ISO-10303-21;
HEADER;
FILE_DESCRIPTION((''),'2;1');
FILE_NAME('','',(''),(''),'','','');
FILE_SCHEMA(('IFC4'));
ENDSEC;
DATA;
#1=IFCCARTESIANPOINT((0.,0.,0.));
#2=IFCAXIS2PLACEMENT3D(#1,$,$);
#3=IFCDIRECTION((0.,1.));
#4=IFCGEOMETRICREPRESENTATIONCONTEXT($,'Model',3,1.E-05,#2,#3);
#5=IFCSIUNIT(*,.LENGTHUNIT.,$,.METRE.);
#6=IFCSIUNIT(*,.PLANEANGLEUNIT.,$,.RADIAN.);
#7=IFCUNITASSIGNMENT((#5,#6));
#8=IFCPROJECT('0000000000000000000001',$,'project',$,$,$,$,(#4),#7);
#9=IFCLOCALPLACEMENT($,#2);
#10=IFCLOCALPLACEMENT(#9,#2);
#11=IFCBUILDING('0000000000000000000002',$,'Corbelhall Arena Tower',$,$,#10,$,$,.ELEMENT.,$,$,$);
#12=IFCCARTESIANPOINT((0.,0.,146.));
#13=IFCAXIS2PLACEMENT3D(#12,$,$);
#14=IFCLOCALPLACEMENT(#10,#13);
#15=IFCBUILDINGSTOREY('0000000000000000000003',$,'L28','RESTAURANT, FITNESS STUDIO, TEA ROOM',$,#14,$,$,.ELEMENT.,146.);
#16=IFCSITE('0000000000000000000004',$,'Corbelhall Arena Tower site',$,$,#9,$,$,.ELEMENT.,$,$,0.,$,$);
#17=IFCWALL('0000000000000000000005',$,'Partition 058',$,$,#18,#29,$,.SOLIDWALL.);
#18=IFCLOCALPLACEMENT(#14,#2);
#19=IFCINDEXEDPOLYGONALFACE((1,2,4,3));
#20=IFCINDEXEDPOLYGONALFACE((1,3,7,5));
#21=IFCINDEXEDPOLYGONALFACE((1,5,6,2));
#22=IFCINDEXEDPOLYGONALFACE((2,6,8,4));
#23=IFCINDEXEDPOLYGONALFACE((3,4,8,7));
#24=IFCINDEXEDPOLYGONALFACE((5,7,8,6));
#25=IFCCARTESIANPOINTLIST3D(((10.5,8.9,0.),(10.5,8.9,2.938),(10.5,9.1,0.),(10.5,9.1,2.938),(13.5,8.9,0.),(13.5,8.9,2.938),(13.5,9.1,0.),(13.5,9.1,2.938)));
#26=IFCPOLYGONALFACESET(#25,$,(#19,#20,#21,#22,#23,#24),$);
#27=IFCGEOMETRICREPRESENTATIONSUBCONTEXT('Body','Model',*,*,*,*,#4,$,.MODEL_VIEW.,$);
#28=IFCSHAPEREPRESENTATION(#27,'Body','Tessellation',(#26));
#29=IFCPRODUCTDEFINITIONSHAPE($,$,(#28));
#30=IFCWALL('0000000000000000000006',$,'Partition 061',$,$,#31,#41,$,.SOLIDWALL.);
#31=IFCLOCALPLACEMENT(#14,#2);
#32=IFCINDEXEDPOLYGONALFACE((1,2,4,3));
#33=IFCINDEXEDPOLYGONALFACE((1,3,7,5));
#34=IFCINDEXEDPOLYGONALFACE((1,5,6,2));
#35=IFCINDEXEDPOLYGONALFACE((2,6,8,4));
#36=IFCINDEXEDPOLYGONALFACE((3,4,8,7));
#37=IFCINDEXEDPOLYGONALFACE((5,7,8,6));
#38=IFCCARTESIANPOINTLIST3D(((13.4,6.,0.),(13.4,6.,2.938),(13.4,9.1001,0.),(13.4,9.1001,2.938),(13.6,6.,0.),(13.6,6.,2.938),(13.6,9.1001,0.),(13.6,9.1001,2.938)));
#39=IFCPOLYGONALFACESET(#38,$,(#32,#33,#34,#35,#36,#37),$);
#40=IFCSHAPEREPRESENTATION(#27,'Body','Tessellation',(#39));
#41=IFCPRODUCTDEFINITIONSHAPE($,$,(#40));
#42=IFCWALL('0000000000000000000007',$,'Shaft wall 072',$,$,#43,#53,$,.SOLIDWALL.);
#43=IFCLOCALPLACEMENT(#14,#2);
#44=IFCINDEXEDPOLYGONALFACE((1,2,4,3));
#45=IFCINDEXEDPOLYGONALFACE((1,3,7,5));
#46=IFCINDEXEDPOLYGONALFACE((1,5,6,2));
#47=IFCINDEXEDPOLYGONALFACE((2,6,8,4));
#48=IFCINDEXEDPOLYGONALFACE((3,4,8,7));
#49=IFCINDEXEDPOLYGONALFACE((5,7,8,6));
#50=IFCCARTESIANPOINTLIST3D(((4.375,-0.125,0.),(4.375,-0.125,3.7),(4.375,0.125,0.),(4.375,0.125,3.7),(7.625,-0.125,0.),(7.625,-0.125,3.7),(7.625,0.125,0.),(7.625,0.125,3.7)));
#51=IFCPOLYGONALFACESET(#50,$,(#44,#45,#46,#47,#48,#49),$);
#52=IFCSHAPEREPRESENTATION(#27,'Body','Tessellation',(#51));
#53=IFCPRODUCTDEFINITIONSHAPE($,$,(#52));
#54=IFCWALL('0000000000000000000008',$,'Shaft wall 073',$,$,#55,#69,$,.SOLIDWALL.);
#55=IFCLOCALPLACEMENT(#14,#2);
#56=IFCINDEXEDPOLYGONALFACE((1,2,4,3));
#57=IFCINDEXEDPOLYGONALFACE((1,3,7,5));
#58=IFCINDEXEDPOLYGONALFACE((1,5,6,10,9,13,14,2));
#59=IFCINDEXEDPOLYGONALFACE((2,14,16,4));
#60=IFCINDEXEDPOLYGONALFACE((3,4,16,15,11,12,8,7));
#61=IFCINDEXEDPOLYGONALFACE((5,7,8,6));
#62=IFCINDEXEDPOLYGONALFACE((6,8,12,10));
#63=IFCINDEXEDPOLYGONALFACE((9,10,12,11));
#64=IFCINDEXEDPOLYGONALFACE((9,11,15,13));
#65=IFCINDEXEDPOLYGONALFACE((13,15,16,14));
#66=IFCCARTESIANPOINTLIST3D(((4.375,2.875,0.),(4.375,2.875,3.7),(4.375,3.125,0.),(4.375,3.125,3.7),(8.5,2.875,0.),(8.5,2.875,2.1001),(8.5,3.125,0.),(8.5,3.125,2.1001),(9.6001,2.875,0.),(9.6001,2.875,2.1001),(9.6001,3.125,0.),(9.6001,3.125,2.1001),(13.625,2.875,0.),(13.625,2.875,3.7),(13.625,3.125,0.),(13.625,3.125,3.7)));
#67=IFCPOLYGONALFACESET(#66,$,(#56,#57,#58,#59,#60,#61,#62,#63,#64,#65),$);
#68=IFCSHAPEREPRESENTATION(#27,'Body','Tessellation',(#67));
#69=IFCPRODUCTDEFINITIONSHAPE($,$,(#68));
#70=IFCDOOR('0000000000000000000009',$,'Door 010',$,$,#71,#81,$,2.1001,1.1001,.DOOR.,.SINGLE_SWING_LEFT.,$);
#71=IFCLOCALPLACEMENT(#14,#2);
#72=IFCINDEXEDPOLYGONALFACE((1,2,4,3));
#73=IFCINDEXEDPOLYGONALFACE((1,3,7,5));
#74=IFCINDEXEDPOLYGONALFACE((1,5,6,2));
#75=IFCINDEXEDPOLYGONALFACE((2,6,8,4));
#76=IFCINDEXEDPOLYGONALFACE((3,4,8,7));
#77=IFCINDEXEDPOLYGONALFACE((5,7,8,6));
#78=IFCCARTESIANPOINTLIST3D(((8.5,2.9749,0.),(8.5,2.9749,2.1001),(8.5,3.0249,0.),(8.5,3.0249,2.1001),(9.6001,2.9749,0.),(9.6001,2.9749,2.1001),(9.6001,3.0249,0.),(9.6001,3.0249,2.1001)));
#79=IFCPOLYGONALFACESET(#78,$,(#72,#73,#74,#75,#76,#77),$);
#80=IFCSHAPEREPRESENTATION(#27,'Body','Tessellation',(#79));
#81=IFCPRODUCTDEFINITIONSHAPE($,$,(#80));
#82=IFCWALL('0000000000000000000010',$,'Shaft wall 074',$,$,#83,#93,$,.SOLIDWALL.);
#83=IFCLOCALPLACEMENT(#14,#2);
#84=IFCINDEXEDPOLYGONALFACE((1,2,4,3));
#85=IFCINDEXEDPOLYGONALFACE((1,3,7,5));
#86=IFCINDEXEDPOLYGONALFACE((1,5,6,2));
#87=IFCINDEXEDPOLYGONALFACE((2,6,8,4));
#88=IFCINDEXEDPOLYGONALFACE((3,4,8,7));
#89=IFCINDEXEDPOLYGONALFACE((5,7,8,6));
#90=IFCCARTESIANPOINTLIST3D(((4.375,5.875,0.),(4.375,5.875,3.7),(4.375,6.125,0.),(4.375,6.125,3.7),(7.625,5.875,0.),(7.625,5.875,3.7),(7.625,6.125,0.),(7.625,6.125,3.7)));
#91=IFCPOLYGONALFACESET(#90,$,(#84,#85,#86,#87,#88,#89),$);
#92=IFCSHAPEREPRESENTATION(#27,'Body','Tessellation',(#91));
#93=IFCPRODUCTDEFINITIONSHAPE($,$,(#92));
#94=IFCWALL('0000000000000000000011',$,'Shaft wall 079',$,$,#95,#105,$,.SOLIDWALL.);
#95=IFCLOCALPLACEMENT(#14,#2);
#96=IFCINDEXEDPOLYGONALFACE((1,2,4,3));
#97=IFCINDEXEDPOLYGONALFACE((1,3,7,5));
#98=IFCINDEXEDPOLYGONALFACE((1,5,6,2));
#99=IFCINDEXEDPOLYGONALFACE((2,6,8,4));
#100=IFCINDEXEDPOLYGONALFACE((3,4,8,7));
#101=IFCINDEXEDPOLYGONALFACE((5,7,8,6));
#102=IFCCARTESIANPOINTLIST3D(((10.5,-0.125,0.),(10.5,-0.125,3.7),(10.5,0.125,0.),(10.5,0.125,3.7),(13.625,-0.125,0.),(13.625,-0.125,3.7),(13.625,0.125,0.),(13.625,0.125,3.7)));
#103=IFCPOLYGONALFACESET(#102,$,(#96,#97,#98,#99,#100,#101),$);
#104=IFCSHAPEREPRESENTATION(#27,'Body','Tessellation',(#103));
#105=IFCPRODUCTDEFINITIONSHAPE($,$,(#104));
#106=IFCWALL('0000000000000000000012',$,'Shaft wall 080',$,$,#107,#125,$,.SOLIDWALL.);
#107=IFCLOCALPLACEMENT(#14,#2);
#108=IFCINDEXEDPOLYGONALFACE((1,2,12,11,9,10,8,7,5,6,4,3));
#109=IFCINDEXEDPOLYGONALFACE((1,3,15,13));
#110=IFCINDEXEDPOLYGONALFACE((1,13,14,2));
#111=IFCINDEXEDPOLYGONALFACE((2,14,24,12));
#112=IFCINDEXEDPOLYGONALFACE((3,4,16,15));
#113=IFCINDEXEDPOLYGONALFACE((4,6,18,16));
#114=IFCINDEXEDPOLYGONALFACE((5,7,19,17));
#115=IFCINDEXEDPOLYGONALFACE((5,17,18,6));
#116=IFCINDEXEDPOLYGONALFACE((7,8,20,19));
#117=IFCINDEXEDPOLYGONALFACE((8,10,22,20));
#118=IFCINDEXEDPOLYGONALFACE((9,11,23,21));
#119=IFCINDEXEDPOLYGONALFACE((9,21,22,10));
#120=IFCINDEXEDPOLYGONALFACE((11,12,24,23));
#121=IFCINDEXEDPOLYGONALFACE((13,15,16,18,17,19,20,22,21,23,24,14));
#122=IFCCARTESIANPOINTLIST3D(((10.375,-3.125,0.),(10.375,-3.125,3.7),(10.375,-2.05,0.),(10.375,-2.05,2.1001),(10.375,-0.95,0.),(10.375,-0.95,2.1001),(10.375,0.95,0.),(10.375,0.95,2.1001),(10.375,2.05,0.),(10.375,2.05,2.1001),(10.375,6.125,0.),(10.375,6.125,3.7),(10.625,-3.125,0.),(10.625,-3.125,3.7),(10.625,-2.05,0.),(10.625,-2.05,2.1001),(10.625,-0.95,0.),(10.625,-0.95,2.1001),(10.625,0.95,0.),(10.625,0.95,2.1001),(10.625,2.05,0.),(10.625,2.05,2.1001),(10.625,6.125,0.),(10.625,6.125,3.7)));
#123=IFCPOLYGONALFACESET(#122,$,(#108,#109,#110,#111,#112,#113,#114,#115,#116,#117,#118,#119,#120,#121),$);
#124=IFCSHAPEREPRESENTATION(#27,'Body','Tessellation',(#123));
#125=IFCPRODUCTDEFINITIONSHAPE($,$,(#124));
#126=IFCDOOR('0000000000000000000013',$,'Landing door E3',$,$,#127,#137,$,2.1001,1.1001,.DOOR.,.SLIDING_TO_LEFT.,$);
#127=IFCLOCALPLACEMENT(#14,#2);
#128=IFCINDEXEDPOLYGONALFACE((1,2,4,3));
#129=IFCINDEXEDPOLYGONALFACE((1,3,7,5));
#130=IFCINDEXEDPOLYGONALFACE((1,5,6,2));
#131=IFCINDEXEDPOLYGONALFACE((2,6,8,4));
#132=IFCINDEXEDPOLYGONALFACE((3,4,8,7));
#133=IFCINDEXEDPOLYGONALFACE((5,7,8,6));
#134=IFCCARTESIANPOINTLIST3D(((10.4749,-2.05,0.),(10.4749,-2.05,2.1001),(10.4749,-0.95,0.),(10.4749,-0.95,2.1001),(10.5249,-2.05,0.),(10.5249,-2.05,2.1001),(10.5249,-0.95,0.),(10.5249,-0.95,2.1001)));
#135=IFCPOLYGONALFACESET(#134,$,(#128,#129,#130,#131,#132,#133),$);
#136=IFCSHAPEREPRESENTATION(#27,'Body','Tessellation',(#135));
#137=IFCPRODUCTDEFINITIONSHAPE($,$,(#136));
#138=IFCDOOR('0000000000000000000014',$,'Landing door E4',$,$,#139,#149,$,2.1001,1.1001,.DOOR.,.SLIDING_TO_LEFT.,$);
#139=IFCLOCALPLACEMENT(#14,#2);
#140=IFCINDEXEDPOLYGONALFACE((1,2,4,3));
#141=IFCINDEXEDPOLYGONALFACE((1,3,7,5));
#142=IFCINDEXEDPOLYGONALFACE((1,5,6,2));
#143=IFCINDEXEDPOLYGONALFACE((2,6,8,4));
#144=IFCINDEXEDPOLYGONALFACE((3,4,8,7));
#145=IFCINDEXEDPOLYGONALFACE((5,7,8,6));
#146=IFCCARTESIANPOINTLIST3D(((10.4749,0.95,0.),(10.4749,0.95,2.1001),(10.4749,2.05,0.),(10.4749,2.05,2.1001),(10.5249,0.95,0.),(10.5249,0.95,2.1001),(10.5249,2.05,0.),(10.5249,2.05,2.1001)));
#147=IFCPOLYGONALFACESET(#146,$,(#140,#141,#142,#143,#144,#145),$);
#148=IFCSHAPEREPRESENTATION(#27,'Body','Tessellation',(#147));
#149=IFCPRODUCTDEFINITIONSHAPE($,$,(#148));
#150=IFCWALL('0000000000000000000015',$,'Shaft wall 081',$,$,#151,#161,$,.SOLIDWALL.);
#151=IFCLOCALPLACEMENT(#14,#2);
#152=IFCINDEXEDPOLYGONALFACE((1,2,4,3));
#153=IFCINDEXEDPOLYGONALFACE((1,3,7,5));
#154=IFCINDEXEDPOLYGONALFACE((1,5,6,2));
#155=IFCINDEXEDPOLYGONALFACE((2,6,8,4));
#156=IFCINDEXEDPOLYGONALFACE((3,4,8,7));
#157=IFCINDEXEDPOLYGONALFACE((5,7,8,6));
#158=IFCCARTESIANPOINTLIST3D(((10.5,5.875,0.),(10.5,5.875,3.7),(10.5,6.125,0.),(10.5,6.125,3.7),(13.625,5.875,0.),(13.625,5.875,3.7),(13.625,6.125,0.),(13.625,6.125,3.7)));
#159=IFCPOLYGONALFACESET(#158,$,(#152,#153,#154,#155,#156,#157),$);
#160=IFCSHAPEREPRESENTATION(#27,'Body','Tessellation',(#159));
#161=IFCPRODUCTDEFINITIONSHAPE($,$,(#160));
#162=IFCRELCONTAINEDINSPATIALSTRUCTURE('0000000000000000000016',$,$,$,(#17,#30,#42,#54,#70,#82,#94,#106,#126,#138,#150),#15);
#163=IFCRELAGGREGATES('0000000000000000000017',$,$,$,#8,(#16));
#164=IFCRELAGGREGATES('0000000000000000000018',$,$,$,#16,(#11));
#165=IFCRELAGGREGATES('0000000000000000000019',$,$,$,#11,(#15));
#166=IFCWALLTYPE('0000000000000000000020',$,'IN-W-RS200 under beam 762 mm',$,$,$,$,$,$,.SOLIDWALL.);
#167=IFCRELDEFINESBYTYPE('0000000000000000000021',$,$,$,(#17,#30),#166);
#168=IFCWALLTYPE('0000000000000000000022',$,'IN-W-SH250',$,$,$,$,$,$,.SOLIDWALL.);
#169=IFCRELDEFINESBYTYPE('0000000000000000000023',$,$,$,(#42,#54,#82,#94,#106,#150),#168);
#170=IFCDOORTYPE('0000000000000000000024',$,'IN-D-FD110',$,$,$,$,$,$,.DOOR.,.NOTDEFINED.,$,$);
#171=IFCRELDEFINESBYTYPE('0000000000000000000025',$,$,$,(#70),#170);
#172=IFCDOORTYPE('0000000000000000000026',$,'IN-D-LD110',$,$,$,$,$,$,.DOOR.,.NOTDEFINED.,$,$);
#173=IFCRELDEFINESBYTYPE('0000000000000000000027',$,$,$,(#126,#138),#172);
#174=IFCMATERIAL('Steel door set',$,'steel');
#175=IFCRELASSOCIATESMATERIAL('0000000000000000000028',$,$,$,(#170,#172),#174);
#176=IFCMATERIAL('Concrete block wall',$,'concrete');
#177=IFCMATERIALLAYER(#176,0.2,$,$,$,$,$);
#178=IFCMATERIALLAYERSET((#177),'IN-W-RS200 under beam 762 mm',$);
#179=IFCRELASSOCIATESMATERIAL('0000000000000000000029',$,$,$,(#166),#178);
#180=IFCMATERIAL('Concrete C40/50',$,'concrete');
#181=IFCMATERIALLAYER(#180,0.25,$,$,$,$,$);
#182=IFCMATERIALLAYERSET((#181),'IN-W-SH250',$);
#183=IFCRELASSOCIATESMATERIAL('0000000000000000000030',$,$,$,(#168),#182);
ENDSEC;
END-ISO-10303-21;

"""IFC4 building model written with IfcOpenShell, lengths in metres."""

from ifc_helpers import new_model, si_unit, direction, frame, frame_2d, origin, place, context, subcontext, project, spatial, rectangle, extrude, material, layer, layer_set, type_object, element, fill, save


model = new_model("IFC4")

# Units and contexts
model_context = context("Model", 3, precision=1e-05, world=origin(), true_north=direction((0.0, 1.0)))
body_context = subcontext(model_context, "Body", "Model", "MODEL_VIEW")
ifc_project = project(units=[si_unit("LENGTHUNIT", "METRE"), si_unit("PLANEANGLEUNIT", "RADIAN")], contexts=[model_context])

# Site, building, storey
site_placement = place(None, origin())
site = spatial("IfcSite", under=ifc_project, at=site_placement, Name="Corbelhall Arena Tower site", CompositionType="ELEMENT", RefElevation=0.0)
building_placement = place(site_placement, origin())
building = spatial("IfcBuilding", under=site, at=building_placement, Name="Corbelhall Arena Tower", CompositionType="ELEMENT")
storey_placement = place(building_placement, frame((0.0, 0.0, 146.0)))
storey = spatial("IfcBuildingStorey", under=building, at=storey_placement, Name="L28", Description="RESTAURANT, FITNESS STUDIO, TEA ROOM", CompositionType="ELEMENT", Elevation=146.0)

# Shared definitions
ifc_material_1 = material(Name="Concrete C40/50", Category="concrete")

# Shared definitions
ifc_material_2 = material(Name="Concrete block wall", Category="concrete")
ifc_material_3 = material(Name="Steel door set", Category="steel")
door_type_1 = type_object("IfcDoorType", Name="IN-D-FD110", OperationType="NOTDEFINED", PredefinedType="DOOR", material=ifc_material_3)

# Walls
ifc_layer_1 = layer(ifc_material_2, 0.2)
ifc_layer_set_1 = layer_set([ifc_layer_1], Name="IN-W-RS200 under beam 762 mm")
wall_type_1 = type_object("IfcWallType", Name="IN-W-RS200 under beam 762 mm", PredefinedType="SOLIDWALL", material=ifc_layer_set_1)
wall_1_placement = place(storey_placement, frame((10.5, 9.0, 0.0), z_axis=(0.0, 0.0, 1.0), x_axis=(1.0, 0.0, 0.0)))
element("IfcWall", 1, at=wall_1_placement, inside=storey, type_object=wall_type_1, Name="Partition 058", PredefinedType="SOLIDWALL", context=body_context, shape_type="SweptSolid", body=[
    extrude(rectangle(XDim=3.0, YDim=0.2, at=frame_2d((1.5, 0.0))), origin(), (0.0, 0.0, 1.0), 2.938),
])
wall_2_placement = place(storey_placement, frame((13.5, 9.1001, 0.0), z_axis=(0.0, 0.0, 1.0), x_axis=(0.0, -1.0, 0.0)))
element("IfcWall", 2, at=wall_2_placement, inside=storey, type_object=wall_type_1, Name="Partition 061", PredefinedType="SOLIDWALL", context=body_context, shape_type="SweptSolid", body=[
    extrude(rectangle(XDim=3.1001, YDim=0.2, at=frame_2d((1.55, 0.0))), origin(), (0.0, 0.0, 1.0), 2.938),
])
ifc_layer_2 = layer(ifc_material_1, 0.25)
ifc_layer_set_2 = layer_set([ifc_layer_2], Name="IN-W-SH250")
wall_type_2 = type_object("IfcWallType", Name="IN-W-SH250", PredefinedType="SOLIDWALL", material=ifc_layer_set_2)
wall_3_placement = place(storey_placement, frame((4.375, 0.0, 0.0), z_axis=(0.0, 0.0, 1.0), x_axis=(1.0, 0.0, 0.0)))
element("IfcWall", 3, at=wall_3_placement, inside=storey, type_object=wall_type_2, Name="Shaft wall 072", PredefinedType="SOLIDWALL", context=body_context, shape_type="SweptSolid", body=[
    extrude(rectangle(XDim=3.25, YDim=0.25, at=frame_2d((1.625, 0.0))), origin(), (0.0, 0.0, 1.0), 3.7),
])

# Wall, opening, door
wall_4_placement = place(storey_placement, frame((4.375, 3.0, 0.0), z_axis=(0.0, 0.0, 1.0), x_axis=(1.0, 0.0, 0.0)))
wall_4 = element("IfcWall", 4, at=wall_4_placement, inside=storey, type_object=wall_type_2, Name="Shaft wall 073", PredefinedType="SOLIDWALL", context=body_context, shape_type="SweptSolid", body=[
    extrude(rectangle(XDim=9.25, YDim=0.25, at=frame_2d((4.625, 0.0))), origin(), (0.0, 0.0, 1.0), 3.7),
])
opening_1_placement = place(wall_4_placement, frame((4.125, 0.0, 0.0)))
opening_1 = element("IfcOpeningElement", 5, at=opening_1_placement, cuts=wall_4, PredefinedType="OPENING", context=body_context, shape_type="SweptSolid", body=[
    extrude(rectangle(XDim=1.1001, YDim=2.1001, at=frame_2d((0.55, 1.05))), frame((0.0, 0.125, 0.0), z_axis=(0.0, -1.0, 0.0), x_axis=(1.0, 0.0, 0.0)), (0.0, 0.0, 1.0), 0.25),
])
door_1_placement = place(opening_1_placement, origin())
door_1 = element("IfcDoor", 6, at=door_1_placement, inside=storey, type_object=door_type_1, Name="Door 010", OperationType="SINGLE_SWING_LEFT", OverallHeight=2.1001, OverallWidth=1.1001, PredefinedType="DOOR", context=body_context, shape_type="SweptSolid", body=[
    extrude(rectangle(XDim=1.1001, YDim=2.1001, at=frame_2d((0.55, 1.05))), frame((0.0, 0.0249, 0.0), z_axis=(0.0, -1.0, 0.0), x_axis=(1.0, 0.0, 0.0)), (0.0, 0.0, 1.0), 0.05),
])
fill(opening_1, door_1)

# Walls
wall_5_placement = place(storey_placement, frame((4.375, 6.0, 0.0), z_axis=(0.0, 0.0, 1.0), x_axis=(1.0, 0.0, 0.0)))
element("IfcWall", 7, at=wall_5_placement, inside=storey, type_object=wall_type_2, Name="Shaft wall 074", PredefinedType="SOLIDWALL", context=body_context, shape_type="SweptSolid", body=[
    extrude(rectangle(XDim=3.25, YDim=0.25, at=frame_2d((1.625, 0.0))), origin(), (0.0, 0.0, 1.0), 3.7),
])
wall_6_placement = place(storey_placement, frame((10.5, 0.0, 0.0), z_axis=(0.0, 0.0, 1.0), x_axis=(1.0, 0.0, 0.0)))
element("IfcWall", 8, at=wall_6_placement, inside=storey, type_object=wall_type_2, Name="Shaft wall 079", PredefinedType="SOLIDWALL", context=body_context, shape_type="SweptSolid", body=[
    extrude(rectangle(XDim=3.125, YDim=0.25, at=frame_2d((1.5625, 0.0))), origin(), (0.0, 0.0, 1.0), 3.7),
])

# Wall, openings, doors
wall_7_placement = place(storey_placement, frame((10.5, 6.125, 0.0), z_axis=(0.0, 0.0, 1.0), x_axis=(0.0, -1.0, 0.0)))
wall_7 = element("IfcWall", 9, at=wall_7_placement, inside=storey, type_object=wall_type_2, Name="Shaft wall 080", PredefinedType="SOLIDWALL", context=body_context, shape_type="SweptSolid", body=[
    extrude(rectangle(XDim=9.25, YDim=0.25, at=frame_2d((4.625, 0.0))), origin(), (0.0, 0.0, 1.0), 3.7),
])
opening_2_placement = place(wall_7_placement, frame((7.075, 0.0, 0.0)))
opening_2 = element("IfcOpeningElement", 10, at=opening_2_placement, cuts=wall_7, PredefinedType="OPENING", context=body_context, shape_type="SweptSolid", body=[
    extrude(rectangle(XDim=1.1001, YDim=2.1001, at=frame_2d((0.55, 1.05))), frame((0.0, 0.125, 0.0), z_axis=(0.0, -1.0, 0.0), x_axis=(1.0, 0.0, 0.0)), (0.0, 0.0, 1.0), 0.25),
])
opening_3_placement = place(wall_7_placement, frame((4.075, 0.0, 0.0)))
opening_3 = element("IfcOpeningElement", 11, at=opening_3_placement, cuts=wall_7, PredefinedType="OPENING", context=body_context, shape_type="SweptSolid", body=[
    extrude(rectangle(XDim=1.1001, YDim=2.1001, at=frame_2d((0.55, 1.05))), frame((0.0, 0.125, 0.0), z_axis=(0.0, -1.0, 0.0), x_axis=(1.0, 0.0, 0.0)), (0.0, 0.0, 1.0), 0.25),
])
door_type_2 = type_object("IfcDoorType", Name="IN-D-LD110", OperationType="NOTDEFINED", PredefinedType="DOOR", material=ifc_material_3)
door_2_placement = place(opening_2_placement, origin())
door_2 = element("IfcDoor", 12, at=door_2_placement, inside=storey, type_object=door_type_2, Name="Landing door E3", OperationType="SLIDING_TO_LEFT", OverallHeight=2.1001, OverallWidth=1.1001, PredefinedType="DOOR", context=body_context, shape_type="SweptSolid", body=[
    extrude(rectangle(XDim=1.1001, YDim=2.1001, at=frame_2d((0.55, 1.05))), frame((0.0, 0.0249, 0.0), z_axis=(0.0, -1.0, 0.0), x_axis=(1.0, 0.0, 0.0)), (0.0, 0.0, 1.0), 0.05),
])
fill(opening_2, door_2)
door_3_placement = place(opening_3_placement, origin())
door_3 = element("IfcDoor", 13, at=door_3_placement, inside=storey, type_object=door_type_2, Name="Landing door E4", OperationType="SLIDING_TO_LEFT", OverallHeight=2.1001, OverallWidth=1.1001, PredefinedType="DOOR", context=body_context, shape_type="SweptSolid", body=[
    extrude(rectangle(XDim=1.1001, YDim=2.1001, at=frame_2d((0.55, 1.05))), frame((0.0, 0.0249, 0.0), z_axis=(0.0, -1.0, 0.0), x_axis=(1.0, 0.0, 0.0)), (0.0, 0.0, 1.0), 0.05),
])
fill(opening_3, door_3)

# Wall
wall_8_placement = place(storey_placement, frame((10.5, 6.0, 0.0), z_axis=(0.0, 0.0, 1.0), x_axis=(1.0, 0.0, 0.0)))
element("IfcWall", 14, at=wall_8_placement, inside=storey, type_object=wall_type_2, Name="Shaft wall 081", PredefinedType="SOLIDWALL", context=body_context, shape_type="SweptSolid", body=[
    extrude(rectangle(XDim=3.125, YDim=0.25, at=frame_2d((1.5625, 0.0))), origin(), (0.0, 0.0, 1.0), 3.7),
])

save(model, "model.ifc")
